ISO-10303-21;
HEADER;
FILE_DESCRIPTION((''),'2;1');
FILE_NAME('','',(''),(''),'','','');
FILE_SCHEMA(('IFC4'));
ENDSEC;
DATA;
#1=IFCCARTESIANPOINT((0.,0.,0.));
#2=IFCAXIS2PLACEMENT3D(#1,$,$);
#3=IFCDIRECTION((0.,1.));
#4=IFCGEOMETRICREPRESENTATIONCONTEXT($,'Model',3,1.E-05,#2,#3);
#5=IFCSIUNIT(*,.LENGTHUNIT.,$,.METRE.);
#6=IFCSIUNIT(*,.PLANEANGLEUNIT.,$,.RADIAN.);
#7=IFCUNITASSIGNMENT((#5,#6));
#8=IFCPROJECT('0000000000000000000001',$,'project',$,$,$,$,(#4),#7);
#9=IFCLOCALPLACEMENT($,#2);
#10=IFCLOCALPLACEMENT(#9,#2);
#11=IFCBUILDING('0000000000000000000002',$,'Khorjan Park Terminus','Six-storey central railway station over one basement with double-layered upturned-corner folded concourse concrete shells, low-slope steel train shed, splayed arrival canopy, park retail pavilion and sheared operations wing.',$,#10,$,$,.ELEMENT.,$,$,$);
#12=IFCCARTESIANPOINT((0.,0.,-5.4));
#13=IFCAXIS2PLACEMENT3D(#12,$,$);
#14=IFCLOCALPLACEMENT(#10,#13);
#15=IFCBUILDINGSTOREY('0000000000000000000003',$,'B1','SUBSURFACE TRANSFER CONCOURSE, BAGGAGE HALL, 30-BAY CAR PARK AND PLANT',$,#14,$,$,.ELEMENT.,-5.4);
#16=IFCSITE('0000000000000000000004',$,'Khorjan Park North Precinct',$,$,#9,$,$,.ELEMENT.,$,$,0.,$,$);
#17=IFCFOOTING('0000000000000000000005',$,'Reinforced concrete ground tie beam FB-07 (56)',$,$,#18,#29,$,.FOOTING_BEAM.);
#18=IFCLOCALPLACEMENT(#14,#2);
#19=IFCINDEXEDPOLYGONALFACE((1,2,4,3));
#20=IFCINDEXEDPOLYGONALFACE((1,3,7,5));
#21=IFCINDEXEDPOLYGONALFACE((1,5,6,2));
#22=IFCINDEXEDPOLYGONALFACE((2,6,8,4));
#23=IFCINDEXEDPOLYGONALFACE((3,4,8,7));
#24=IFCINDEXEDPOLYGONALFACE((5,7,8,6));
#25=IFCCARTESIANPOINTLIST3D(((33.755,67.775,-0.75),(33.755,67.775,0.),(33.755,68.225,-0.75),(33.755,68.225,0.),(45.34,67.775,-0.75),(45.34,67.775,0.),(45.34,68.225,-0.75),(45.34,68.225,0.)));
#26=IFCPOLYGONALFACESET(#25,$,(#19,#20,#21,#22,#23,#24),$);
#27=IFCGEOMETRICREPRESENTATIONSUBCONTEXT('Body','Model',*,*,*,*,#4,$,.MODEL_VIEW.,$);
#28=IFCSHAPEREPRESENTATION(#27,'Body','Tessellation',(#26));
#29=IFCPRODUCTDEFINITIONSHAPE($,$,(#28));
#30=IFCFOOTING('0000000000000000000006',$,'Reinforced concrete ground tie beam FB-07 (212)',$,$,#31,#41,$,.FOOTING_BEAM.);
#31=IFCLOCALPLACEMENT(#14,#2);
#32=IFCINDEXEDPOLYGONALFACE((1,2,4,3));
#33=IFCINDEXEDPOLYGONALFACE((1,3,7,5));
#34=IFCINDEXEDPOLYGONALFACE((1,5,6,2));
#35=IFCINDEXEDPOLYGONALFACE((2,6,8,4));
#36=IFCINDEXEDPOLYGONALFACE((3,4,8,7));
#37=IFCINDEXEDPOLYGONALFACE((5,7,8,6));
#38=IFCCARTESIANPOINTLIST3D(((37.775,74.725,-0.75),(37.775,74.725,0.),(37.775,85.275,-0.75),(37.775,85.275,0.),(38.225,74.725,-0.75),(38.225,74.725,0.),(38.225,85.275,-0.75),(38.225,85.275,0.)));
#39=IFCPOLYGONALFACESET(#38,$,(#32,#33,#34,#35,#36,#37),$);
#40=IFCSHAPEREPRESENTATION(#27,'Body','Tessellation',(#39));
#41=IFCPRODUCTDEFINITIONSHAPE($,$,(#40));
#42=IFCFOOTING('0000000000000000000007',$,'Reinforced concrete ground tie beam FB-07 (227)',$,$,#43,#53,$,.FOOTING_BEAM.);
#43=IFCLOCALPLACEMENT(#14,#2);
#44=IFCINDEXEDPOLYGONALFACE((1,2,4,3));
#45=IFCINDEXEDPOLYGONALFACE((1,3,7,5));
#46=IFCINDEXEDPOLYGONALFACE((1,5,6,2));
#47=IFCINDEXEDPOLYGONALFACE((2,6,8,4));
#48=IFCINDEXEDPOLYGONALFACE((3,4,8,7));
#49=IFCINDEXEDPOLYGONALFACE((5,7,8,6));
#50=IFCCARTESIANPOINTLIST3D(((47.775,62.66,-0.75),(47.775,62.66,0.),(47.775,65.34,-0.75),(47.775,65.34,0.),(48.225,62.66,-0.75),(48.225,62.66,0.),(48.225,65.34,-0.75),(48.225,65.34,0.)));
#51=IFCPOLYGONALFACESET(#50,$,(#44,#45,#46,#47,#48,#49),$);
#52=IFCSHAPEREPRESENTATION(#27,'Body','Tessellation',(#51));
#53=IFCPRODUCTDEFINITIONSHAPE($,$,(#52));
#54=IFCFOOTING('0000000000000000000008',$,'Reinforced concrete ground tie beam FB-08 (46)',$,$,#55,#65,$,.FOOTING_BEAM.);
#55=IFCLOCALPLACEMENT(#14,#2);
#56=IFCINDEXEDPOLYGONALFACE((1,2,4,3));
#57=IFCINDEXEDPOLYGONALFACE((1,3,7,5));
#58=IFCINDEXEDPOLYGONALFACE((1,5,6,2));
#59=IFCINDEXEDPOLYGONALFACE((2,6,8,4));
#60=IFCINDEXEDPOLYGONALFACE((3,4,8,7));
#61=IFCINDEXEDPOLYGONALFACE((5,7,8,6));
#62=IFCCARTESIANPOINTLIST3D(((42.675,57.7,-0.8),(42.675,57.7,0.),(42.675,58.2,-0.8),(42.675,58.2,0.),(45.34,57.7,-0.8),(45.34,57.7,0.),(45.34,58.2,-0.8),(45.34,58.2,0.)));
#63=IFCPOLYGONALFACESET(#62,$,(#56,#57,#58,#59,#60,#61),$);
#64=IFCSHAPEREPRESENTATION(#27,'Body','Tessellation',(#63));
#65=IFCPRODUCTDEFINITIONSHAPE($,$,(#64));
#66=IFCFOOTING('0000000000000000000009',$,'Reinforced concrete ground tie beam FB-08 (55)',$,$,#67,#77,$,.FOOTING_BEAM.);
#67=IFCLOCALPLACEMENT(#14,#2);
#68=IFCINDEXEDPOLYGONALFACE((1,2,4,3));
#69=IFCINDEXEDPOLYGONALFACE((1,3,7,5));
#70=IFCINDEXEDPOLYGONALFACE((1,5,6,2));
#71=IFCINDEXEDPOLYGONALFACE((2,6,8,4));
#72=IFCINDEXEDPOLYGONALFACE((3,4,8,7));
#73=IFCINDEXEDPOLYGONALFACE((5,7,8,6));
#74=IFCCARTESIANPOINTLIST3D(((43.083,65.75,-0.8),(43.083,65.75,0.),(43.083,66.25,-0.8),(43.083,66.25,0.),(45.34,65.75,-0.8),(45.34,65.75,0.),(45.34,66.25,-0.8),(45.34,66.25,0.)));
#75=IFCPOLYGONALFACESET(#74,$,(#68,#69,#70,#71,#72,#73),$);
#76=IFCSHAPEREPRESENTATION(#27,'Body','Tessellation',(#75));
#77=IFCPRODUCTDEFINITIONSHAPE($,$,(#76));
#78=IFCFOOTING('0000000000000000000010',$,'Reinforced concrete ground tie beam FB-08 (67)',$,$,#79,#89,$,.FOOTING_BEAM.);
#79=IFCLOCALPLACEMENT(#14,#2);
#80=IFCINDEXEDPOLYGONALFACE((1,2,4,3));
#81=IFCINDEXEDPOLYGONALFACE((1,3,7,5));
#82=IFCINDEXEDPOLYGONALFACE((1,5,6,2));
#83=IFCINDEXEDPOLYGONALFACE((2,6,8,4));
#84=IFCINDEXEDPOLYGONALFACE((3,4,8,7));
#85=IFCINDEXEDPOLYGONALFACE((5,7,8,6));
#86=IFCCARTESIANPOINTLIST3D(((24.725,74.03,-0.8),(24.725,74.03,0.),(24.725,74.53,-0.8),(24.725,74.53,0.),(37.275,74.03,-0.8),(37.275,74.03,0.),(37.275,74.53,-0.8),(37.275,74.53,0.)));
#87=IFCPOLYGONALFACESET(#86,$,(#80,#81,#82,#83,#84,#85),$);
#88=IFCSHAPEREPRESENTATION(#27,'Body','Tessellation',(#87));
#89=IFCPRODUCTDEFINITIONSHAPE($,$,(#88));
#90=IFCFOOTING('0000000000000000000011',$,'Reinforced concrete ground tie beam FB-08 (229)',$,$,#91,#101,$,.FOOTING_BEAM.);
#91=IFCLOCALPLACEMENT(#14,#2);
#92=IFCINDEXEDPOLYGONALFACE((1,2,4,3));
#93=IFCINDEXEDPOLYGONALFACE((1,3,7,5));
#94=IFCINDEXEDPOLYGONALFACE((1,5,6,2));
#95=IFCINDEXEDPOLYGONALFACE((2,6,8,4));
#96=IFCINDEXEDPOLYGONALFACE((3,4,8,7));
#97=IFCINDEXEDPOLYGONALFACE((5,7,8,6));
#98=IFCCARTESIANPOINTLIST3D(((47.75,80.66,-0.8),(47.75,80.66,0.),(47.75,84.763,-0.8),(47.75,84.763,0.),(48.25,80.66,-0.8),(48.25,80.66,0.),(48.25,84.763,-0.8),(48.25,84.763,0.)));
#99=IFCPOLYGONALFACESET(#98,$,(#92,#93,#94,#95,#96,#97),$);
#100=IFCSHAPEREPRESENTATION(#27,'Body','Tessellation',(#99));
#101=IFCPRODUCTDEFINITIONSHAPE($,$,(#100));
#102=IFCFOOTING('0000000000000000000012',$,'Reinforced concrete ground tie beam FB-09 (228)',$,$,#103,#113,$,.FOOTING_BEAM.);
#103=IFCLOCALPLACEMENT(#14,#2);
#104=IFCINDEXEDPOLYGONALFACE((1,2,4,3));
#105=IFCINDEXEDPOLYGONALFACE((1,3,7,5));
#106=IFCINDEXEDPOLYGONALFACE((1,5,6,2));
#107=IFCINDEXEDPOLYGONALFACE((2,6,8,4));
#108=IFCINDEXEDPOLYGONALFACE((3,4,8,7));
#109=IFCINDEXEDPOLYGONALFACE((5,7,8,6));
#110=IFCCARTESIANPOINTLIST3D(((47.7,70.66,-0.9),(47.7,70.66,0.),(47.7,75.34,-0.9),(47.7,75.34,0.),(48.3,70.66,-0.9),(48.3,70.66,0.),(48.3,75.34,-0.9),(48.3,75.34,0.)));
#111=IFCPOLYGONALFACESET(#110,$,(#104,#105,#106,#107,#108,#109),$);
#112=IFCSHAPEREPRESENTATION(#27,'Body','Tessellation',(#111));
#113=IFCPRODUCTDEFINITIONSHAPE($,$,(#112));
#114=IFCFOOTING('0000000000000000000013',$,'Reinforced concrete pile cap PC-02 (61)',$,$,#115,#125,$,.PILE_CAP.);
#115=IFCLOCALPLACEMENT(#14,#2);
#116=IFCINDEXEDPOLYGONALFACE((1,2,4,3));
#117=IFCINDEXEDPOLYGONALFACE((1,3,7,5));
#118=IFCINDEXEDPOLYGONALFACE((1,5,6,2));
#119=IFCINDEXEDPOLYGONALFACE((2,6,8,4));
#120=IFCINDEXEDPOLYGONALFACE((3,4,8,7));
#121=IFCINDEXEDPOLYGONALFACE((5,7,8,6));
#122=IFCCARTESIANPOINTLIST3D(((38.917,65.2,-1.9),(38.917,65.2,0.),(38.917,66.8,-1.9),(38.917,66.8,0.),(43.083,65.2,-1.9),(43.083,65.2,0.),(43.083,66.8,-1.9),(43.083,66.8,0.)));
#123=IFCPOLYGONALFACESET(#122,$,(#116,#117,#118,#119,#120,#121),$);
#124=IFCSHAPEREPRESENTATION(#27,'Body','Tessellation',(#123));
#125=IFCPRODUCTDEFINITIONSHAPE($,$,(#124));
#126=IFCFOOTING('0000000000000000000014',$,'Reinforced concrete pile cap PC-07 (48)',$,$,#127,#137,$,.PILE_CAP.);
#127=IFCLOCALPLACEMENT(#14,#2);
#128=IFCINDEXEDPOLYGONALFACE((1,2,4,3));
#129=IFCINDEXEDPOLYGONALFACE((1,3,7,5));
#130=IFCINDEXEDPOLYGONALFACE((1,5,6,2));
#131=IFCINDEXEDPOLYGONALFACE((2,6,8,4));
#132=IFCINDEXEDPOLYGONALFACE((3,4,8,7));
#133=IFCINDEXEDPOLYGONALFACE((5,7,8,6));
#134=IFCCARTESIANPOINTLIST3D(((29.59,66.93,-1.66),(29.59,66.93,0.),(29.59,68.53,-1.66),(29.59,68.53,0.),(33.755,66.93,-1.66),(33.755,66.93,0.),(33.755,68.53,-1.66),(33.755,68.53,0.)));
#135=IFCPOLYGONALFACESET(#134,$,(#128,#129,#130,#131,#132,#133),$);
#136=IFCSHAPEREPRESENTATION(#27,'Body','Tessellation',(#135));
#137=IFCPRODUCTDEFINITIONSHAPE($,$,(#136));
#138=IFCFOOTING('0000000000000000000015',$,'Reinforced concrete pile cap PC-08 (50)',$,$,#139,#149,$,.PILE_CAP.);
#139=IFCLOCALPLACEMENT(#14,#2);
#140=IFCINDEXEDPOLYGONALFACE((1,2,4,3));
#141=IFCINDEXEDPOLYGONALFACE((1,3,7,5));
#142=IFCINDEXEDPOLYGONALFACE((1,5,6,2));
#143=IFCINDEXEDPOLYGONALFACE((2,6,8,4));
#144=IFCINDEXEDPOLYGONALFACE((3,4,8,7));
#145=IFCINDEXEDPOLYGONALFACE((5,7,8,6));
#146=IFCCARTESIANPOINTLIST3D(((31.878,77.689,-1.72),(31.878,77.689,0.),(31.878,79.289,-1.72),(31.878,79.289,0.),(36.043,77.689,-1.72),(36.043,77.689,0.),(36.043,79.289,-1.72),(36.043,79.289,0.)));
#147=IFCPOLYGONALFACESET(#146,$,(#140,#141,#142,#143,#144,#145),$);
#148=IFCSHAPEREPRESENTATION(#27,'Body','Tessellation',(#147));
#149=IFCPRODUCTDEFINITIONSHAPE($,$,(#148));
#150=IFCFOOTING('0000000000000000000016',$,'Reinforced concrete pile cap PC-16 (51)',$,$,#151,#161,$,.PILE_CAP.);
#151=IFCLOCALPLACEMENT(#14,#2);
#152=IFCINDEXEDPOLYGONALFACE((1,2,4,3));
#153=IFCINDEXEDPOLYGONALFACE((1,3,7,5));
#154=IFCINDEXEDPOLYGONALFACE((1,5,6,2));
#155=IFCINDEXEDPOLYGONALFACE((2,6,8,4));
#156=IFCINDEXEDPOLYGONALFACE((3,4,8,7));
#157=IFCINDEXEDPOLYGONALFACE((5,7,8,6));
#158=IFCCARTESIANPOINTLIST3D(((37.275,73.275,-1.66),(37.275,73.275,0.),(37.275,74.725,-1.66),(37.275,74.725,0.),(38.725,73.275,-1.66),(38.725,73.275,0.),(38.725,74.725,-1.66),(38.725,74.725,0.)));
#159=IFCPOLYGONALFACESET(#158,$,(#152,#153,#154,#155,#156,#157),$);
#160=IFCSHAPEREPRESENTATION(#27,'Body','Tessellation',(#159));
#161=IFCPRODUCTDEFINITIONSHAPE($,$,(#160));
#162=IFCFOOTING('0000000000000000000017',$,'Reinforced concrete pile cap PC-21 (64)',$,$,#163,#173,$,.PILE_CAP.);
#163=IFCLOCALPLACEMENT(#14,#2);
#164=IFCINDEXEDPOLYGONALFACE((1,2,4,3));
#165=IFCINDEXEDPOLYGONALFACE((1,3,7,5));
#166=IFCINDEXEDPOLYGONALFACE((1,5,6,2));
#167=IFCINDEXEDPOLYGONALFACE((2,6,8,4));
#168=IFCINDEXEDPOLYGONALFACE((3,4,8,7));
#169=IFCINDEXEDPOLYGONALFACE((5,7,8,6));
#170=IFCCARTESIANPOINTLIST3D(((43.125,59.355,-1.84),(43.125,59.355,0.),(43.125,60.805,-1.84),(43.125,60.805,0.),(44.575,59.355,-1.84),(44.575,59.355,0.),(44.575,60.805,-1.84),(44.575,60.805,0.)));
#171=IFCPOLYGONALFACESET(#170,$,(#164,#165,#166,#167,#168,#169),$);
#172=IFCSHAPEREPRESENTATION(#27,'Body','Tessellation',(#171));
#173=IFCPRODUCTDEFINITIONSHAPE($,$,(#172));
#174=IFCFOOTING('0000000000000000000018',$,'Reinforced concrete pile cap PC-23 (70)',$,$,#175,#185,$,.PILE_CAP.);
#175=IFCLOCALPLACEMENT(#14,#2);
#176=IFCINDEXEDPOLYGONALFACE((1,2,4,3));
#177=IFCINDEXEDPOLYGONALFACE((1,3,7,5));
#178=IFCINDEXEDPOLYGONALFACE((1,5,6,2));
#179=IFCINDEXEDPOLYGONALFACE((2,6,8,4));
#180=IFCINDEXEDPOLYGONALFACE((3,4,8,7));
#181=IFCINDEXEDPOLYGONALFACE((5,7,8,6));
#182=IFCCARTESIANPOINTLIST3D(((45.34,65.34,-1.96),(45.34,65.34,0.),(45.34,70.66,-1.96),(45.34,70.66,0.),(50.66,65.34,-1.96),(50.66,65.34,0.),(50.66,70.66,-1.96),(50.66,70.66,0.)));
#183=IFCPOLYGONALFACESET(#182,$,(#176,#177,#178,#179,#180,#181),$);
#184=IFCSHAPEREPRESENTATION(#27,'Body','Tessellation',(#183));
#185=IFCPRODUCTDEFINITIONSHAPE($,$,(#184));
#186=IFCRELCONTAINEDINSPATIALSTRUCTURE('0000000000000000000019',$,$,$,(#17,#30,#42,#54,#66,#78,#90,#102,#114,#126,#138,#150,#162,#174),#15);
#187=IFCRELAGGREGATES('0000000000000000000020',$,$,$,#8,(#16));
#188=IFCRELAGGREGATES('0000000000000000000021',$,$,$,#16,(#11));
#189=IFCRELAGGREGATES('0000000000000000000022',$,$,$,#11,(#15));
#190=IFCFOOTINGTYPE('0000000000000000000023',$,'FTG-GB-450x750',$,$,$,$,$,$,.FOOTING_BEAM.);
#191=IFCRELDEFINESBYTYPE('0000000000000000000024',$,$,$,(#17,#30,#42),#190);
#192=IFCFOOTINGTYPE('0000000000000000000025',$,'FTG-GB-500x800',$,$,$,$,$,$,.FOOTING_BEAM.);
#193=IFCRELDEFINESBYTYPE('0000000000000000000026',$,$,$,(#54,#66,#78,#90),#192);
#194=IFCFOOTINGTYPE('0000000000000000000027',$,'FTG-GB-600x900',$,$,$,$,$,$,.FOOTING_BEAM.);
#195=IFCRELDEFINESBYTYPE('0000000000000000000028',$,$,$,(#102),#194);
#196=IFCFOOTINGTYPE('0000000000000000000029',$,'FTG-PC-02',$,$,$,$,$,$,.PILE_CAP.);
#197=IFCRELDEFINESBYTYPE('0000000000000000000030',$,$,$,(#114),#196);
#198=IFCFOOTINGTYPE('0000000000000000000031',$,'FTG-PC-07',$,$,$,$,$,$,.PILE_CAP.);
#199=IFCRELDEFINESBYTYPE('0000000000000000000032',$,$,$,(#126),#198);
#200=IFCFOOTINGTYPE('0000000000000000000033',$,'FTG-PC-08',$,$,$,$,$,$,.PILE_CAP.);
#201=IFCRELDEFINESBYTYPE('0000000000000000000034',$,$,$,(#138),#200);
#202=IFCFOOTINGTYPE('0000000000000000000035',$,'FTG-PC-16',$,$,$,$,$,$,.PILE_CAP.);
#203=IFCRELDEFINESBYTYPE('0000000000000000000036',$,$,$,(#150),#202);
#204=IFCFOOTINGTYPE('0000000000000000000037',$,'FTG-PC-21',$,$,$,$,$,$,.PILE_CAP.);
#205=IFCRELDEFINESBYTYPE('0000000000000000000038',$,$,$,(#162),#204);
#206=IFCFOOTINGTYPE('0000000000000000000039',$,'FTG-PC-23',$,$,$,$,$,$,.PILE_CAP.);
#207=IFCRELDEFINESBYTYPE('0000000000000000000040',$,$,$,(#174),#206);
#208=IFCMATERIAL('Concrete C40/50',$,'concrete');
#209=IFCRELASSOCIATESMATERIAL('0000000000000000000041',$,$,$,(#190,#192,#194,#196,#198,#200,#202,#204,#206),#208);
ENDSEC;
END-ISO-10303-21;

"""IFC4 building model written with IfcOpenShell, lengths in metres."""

from ifc_helpers import new_model, si_unit, direction, frame, origin, origin_2d, place, context, subcontext, project, spatial, rectangle, extrude, material, material_profile, profile_set, type_object, element, save


model = new_model("IFC4")

# Units and contexts
model_context = context("Model", 3, precision=1e-05, world=origin(), true_north=direction((0.0, 1.0)))
body_context = subcontext(model_context, "Body", "Model", "MODEL_VIEW")
ifc_project = project(units=[si_unit("LENGTHUNIT", "METRE"), si_unit("PLANEANGLEUNIT", "RADIAN")], contexts=[model_context])

# Site, building, storey
site_placement = place(None, origin())
site = spatial("IfcSite", under=ifc_project, at=site_placement, Name="Khorjan Park North Precinct", CompositionType="ELEMENT", RefElevation=0.0)
building_placement = place(site_placement, origin())
building = spatial("IfcBuilding", under=site, at=building_placement, Name="Khorjan Park Terminus", Description="Six-storey central railway station over one basement with double-layered upturned-corner folded concourse concrete shells, low-slope steel train shed, splayed arrival canopy, park retail pavilion and sheared operations wing.", CompositionType="ELEMENT")
storey_placement = place(building_placement, frame((0.0, 0.0, -5.4)))
storey = spatial("IfcBuildingStorey", under=building, at=storey_placement, Name="B1", Description="SUBSURFACE TRANSFER CONCOURSE, BAGGAGE HALL, 30-BAY CAR PARK AND PLANT", CompositionType="ELEMENT", Elevation=-5.4)

# Footings
ifc_material_1 = material(Name="Concrete C40/50", Category="concrete")
ifc_material_profile_1 = material_profile(ifc_material_1, rectangle(XDim=0.45, YDim=0.75, at=origin_2d()), Name="RC 450x750")
ifc_profile_set_1 = profile_set([ifc_material_profile_1], Name="Concrete C40/50")
footing_type_1 = type_object("IfcFootingType", Name="FTG-GB-450x750", PredefinedType="FOOTING_BEAM", material=ifc_profile_set_1)
footing_1_placement = place(storey_placement, frame((33.755, 68.0, -0.375), z_axis=(1.0, 0.0, 0.0), x_axis=(0.0, 1.0, 0.0)))
element("IfcFooting", 1, at=footing_1_placement, inside=storey, type_object=footing_type_1, Name="Reinforced concrete ground tie beam FB-07 (56)", PredefinedType="FOOTING_BEAM", context=body_context, shape_type="SweptSolid", body=[
    extrude(rectangle(XDim=0.45, YDim=0.75, at=origin_2d()), origin(), (0.0, 0.0, 1.0), 11.585),
])
footing_2_placement = place(storey_placement, frame((38.0, 74.725, -0.375), z_axis=(0.0, 1.0, 0.0), x_axis=(-1.0, 0.0, 0.0)))
element("IfcFooting", 2, at=footing_2_placement, inside=storey, type_object=footing_type_1, Name="Reinforced concrete ground tie beam FB-07 (212)", PredefinedType="FOOTING_BEAM", context=body_context, shape_type="SweptSolid", body=[
    extrude(rectangle(XDim=0.45, YDim=0.75, at=origin_2d()), origin(), (0.0, 0.0, 1.0), 10.55),
])
footing_3_placement = place(storey_placement, frame((48.0, 62.66, -0.375), z_axis=(0.0, 1.0, 0.0), x_axis=(-1.0, 0.0, 0.0)))
element("IfcFooting", 3, at=footing_3_placement, inside=storey, type_object=footing_type_1, Name="Reinforced concrete ground tie beam FB-07 (227)", PredefinedType="FOOTING_BEAM", context=body_context, shape_type="SweptSolid", body=[
    extrude(rectangle(XDim=0.45, YDim=0.75, at=origin_2d()), origin(), (0.0, 0.0, 1.0), 2.68),
])
ifc_material_profile_2 = material_profile(ifc_material_1, rectangle(XDim=0.5, YDim=0.8, at=origin_2d()), Name="RC 500x800")
ifc_profile_set_2 = profile_set([ifc_material_profile_2], Name="Concrete C40/50")
footing_type_2 = type_object("IfcFootingType", Name="FTG-GB-500x800", PredefinedType="FOOTING_BEAM", material=ifc_profile_set_2)
footing_4_placement = place(storey_placement, frame((42.675, 57.95, -0.4), z_axis=(1.0, 0.0, 0.0), x_axis=(0.0, 1.0, 0.0)))
element("IfcFooting", 4, at=footing_4_placement, inside=storey, type_object=footing_type_2, Name="Reinforced concrete ground tie beam FB-08 (46)", PredefinedType="FOOTING_BEAM", context=body_context, shape_type="SweptSolid", body=[
    extrude(rectangle(XDim=0.5, YDim=0.8, at=origin_2d()), origin(), (0.0, 0.0, 1.0), 2.665),
])
footing_5_placement = place(storey_placement, frame((43.083, 66.0, -0.4), z_axis=(1.0, 0.0, 0.0), x_axis=(0.0, 1.0, 0.0)))
element("IfcFooting", 5, at=footing_5_placement, inside=storey, type_object=footing_type_2, Name="Reinforced concrete ground tie beam FB-08 (55)", PredefinedType="FOOTING_BEAM", context=body_context, shape_type="SweptSolid", body=[
    extrude(rectangle(XDim=0.5, YDim=0.8, at=origin_2d()), origin(), (0.0, 0.0, 1.0), 2.257),
])
footing_6_placement = place(storey_placement, frame((24.725, 74.28, -0.4), z_axis=(1.0, 0.0, 0.0), x_axis=(0.0, 1.0, 0.0)))
element("IfcFooting", 6, at=footing_6_placement, inside=storey, type_object=footing_type_2, Name="Reinforced concrete ground tie beam FB-08 (67)", PredefinedType="FOOTING_BEAM", context=body_context, shape_type="SweptSolid", body=[
    extrude(rectangle(XDim=0.5, YDim=0.8, at=origin_2d()), origin(), (0.0, 0.0, 1.0), 12.55),
])
footing_7_placement = place(storey_placement, frame((48.0, 80.66, -0.4), z_axis=(0.0, 1.0, 0.0), x_axis=(-1.0, 0.0, 0.0)))
element("IfcFooting", 7, at=footing_7_placement, inside=storey, type_object=footing_type_2, Name="Reinforced concrete ground tie beam FB-08 (229)", PredefinedType="FOOTING_BEAM", context=body_context, shape_type="SweptSolid", body=[
    extrude(rectangle(XDim=0.5, YDim=0.8, at=origin_2d()), origin(), (0.0, 0.0, 1.0), 4.103),
])
ifc_material_profile_3 = material_profile(ifc_material_1, rectangle(XDim=0.6, YDim=0.9, at=origin_2d()), Name="RC 600x900")
ifc_profile_set_3 = profile_set([ifc_material_profile_3], Name="Concrete C40/50")
footing_type_3 = type_object("IfcFootingType", Name="FTG-GB-600x900", PredefinedType="FOOTING_BEAM", material=ifc_profile_set_3)
footing_8_placement = place(storey_placement, frame((48.0, 70.66, -0.45), z_axis=(0.0, 1.0, 0.0), x_axis=(-1.0, 0.0, 0.0)))
element("IfcFooting", 8, at=footing_8_placement, inside=storey, type_object=footing_type_3, Name="Reinforced concrete ground tie beam FB-09 (228)", PredefinedType="FOOTING_BEAM", context=body_context, shape_type="SweptSolid", body=[
    extrude(rectangle(XDim=0.6, YDim=0.9, at=origin_2d()), origin(), (0.0, 0.0, 1.0), 4.68),
])
footing_type_4 = type_object("IfcFootingType", Name="FTG-PC-02", PredefinedType="PILE_CAP", material=ifc_material_1)
footing_9_placement = place(storey_placement, frame((41.0, 66.0, -1.9), z_axis=(0.0, 0.0, 1.0), x_axis=(1.0, 0.0, 0.0)))
element("IfcFooting", 9, at=footing_9_placement, inside=storey, type_object=footing_type_4, Name="Reinforced concrete pile cap PC-02 (61)", PredefinedType="PILE_CAP", context=body_context, shape_type="SweptSolid", body=[
    extrude(rectangle(XDim=4.166, YDim=1.6, at=origin_2d()), origin(), (0.0, 0.0, 1.0), 1.9),
])
footing_type_5 = type_object("IfcFootingType", Name="FTG-PC-07", PredefinedType="PILE_CAP", material=ifc_material_1)
footing_10_placement = place(storey_placement, frame((31.6725, 67.73, -1.66), z_axis=(0.0, 0.0, 1.0), x_axis=(1.0, 0.0, 0.0)))
element("IfcFooting", 10, at=footing_10_placement, inside=storey, type_object=footing_type_5, Name="Reinforced concrete pile cap PC-07 (48)", PredefinedType="PILE_CAP", context=body_context, shape_type="SweptSolid", body=[
    extrude(rectangle(XDim=4.165, YDim=1.6, at=origin_2d()), origin(), (0.0, 0.0, 1.0), 1.66),
])
footing_type_6 = type_object("IfcFootingType", Name="FTG-PC-08", PredefinedType="PILE_CAP", material=ifc_material_1)
footing_11_placement = place(storey_placement, frame((33.9605, 78.489, -1.72), z_axis=(0.0, 0.0, 1.0), x_axis=(1.0, 0.0, 0.0)))
element("IfcFooting", 11, at=footing_11_placement, inside=storey, type_object=footing_type_6, Name="Reinforced concrete pile cap PC-08 (50)", PredefinedType="PILE_CAP", context=body_context, shape_type="SweptSolid", body=[
    extrude(rectangle(XDim=4.165, YDim=1.6, at=origin_2d()), origin(), (0.0, 0.0, 1.0), 1.72),
])
footing_type_7 = type_object("IfcFootingType", Name="FTG-PC-16", PredefinedType="PILE_CAP", material=ifc_material_1)
footing_12_placement = place(storey_placement, frame((38.0, 74.0, -1.66), z_axis=(0.0, 0.0, 1.0), x_axis=(1.0, 0.0, 0.0)))
element("IfcFooting", 12, at=footing_12_placement, inside=storey, type_object=footing_type_7, Name="Reinforced concrete pile cap PC-16 (51)", PredefinedType="PILE_CAP", context=body_context, shape_type="SweptSolid", body=[
    extrude(rectangle(XDim=1.45, YDim=1.45, at=origin_2d()), origin(), (0.0, 0.0, 1.0), 1.66),
])
footing_type_8 = type_object("IfcFootingType", Name="FTG-PC-21", PredefinedType="PILE_CAP", material=ifc_material_1)
footing_13_placement = place(storey_placement, frame((43.85, 60.08, -1.84), z_axis=(0.0, 0.0, 1.0), x_axis=(1.0, 0.0, 0.0)))
element("IfcFooting", 13, at=footing_13_placement, inside=storey, type_object=footing_type_8, Name="Reinforced concrete pile cap PC-21 (64)", PredefinedType="PILE_CAP", context=body_context, shape_type="SweptSolid", body=[
    extrude(rectangle(XDim=1.45, YDim=1.45, at=origin_2d()), origin(), (0.0, 0.0, 1.0), 1.84),
])
footing_type_9 = type_object("IfcFootingType", Name="FTG-PC-23", PredefinedType="PILE_CAP", material=ifc_material_1)
footing_14_placement = place(storey_placement, frame((48.0, 68.0, -1.96), z_axis=(0.0, 0.0, 1.0), x_axis=(1.0, 0.0, 0.0)))
element("IfcFooting", 14, at=footing_14_placement, inside=storey, type_object=footing_type_9, Name="Reinforced concrete pile cap PC-23 (70)", PredefinedType="PILE_CAP", context=body_context, shape_type="SweptSolid", body=[
    extrude(rectangle(XDim=5.32, YDim=5.32, at=origin_2d()), origin(), (0.0, 0.0, 1.0), 1.96),
])

save(model, "model.ifc")
